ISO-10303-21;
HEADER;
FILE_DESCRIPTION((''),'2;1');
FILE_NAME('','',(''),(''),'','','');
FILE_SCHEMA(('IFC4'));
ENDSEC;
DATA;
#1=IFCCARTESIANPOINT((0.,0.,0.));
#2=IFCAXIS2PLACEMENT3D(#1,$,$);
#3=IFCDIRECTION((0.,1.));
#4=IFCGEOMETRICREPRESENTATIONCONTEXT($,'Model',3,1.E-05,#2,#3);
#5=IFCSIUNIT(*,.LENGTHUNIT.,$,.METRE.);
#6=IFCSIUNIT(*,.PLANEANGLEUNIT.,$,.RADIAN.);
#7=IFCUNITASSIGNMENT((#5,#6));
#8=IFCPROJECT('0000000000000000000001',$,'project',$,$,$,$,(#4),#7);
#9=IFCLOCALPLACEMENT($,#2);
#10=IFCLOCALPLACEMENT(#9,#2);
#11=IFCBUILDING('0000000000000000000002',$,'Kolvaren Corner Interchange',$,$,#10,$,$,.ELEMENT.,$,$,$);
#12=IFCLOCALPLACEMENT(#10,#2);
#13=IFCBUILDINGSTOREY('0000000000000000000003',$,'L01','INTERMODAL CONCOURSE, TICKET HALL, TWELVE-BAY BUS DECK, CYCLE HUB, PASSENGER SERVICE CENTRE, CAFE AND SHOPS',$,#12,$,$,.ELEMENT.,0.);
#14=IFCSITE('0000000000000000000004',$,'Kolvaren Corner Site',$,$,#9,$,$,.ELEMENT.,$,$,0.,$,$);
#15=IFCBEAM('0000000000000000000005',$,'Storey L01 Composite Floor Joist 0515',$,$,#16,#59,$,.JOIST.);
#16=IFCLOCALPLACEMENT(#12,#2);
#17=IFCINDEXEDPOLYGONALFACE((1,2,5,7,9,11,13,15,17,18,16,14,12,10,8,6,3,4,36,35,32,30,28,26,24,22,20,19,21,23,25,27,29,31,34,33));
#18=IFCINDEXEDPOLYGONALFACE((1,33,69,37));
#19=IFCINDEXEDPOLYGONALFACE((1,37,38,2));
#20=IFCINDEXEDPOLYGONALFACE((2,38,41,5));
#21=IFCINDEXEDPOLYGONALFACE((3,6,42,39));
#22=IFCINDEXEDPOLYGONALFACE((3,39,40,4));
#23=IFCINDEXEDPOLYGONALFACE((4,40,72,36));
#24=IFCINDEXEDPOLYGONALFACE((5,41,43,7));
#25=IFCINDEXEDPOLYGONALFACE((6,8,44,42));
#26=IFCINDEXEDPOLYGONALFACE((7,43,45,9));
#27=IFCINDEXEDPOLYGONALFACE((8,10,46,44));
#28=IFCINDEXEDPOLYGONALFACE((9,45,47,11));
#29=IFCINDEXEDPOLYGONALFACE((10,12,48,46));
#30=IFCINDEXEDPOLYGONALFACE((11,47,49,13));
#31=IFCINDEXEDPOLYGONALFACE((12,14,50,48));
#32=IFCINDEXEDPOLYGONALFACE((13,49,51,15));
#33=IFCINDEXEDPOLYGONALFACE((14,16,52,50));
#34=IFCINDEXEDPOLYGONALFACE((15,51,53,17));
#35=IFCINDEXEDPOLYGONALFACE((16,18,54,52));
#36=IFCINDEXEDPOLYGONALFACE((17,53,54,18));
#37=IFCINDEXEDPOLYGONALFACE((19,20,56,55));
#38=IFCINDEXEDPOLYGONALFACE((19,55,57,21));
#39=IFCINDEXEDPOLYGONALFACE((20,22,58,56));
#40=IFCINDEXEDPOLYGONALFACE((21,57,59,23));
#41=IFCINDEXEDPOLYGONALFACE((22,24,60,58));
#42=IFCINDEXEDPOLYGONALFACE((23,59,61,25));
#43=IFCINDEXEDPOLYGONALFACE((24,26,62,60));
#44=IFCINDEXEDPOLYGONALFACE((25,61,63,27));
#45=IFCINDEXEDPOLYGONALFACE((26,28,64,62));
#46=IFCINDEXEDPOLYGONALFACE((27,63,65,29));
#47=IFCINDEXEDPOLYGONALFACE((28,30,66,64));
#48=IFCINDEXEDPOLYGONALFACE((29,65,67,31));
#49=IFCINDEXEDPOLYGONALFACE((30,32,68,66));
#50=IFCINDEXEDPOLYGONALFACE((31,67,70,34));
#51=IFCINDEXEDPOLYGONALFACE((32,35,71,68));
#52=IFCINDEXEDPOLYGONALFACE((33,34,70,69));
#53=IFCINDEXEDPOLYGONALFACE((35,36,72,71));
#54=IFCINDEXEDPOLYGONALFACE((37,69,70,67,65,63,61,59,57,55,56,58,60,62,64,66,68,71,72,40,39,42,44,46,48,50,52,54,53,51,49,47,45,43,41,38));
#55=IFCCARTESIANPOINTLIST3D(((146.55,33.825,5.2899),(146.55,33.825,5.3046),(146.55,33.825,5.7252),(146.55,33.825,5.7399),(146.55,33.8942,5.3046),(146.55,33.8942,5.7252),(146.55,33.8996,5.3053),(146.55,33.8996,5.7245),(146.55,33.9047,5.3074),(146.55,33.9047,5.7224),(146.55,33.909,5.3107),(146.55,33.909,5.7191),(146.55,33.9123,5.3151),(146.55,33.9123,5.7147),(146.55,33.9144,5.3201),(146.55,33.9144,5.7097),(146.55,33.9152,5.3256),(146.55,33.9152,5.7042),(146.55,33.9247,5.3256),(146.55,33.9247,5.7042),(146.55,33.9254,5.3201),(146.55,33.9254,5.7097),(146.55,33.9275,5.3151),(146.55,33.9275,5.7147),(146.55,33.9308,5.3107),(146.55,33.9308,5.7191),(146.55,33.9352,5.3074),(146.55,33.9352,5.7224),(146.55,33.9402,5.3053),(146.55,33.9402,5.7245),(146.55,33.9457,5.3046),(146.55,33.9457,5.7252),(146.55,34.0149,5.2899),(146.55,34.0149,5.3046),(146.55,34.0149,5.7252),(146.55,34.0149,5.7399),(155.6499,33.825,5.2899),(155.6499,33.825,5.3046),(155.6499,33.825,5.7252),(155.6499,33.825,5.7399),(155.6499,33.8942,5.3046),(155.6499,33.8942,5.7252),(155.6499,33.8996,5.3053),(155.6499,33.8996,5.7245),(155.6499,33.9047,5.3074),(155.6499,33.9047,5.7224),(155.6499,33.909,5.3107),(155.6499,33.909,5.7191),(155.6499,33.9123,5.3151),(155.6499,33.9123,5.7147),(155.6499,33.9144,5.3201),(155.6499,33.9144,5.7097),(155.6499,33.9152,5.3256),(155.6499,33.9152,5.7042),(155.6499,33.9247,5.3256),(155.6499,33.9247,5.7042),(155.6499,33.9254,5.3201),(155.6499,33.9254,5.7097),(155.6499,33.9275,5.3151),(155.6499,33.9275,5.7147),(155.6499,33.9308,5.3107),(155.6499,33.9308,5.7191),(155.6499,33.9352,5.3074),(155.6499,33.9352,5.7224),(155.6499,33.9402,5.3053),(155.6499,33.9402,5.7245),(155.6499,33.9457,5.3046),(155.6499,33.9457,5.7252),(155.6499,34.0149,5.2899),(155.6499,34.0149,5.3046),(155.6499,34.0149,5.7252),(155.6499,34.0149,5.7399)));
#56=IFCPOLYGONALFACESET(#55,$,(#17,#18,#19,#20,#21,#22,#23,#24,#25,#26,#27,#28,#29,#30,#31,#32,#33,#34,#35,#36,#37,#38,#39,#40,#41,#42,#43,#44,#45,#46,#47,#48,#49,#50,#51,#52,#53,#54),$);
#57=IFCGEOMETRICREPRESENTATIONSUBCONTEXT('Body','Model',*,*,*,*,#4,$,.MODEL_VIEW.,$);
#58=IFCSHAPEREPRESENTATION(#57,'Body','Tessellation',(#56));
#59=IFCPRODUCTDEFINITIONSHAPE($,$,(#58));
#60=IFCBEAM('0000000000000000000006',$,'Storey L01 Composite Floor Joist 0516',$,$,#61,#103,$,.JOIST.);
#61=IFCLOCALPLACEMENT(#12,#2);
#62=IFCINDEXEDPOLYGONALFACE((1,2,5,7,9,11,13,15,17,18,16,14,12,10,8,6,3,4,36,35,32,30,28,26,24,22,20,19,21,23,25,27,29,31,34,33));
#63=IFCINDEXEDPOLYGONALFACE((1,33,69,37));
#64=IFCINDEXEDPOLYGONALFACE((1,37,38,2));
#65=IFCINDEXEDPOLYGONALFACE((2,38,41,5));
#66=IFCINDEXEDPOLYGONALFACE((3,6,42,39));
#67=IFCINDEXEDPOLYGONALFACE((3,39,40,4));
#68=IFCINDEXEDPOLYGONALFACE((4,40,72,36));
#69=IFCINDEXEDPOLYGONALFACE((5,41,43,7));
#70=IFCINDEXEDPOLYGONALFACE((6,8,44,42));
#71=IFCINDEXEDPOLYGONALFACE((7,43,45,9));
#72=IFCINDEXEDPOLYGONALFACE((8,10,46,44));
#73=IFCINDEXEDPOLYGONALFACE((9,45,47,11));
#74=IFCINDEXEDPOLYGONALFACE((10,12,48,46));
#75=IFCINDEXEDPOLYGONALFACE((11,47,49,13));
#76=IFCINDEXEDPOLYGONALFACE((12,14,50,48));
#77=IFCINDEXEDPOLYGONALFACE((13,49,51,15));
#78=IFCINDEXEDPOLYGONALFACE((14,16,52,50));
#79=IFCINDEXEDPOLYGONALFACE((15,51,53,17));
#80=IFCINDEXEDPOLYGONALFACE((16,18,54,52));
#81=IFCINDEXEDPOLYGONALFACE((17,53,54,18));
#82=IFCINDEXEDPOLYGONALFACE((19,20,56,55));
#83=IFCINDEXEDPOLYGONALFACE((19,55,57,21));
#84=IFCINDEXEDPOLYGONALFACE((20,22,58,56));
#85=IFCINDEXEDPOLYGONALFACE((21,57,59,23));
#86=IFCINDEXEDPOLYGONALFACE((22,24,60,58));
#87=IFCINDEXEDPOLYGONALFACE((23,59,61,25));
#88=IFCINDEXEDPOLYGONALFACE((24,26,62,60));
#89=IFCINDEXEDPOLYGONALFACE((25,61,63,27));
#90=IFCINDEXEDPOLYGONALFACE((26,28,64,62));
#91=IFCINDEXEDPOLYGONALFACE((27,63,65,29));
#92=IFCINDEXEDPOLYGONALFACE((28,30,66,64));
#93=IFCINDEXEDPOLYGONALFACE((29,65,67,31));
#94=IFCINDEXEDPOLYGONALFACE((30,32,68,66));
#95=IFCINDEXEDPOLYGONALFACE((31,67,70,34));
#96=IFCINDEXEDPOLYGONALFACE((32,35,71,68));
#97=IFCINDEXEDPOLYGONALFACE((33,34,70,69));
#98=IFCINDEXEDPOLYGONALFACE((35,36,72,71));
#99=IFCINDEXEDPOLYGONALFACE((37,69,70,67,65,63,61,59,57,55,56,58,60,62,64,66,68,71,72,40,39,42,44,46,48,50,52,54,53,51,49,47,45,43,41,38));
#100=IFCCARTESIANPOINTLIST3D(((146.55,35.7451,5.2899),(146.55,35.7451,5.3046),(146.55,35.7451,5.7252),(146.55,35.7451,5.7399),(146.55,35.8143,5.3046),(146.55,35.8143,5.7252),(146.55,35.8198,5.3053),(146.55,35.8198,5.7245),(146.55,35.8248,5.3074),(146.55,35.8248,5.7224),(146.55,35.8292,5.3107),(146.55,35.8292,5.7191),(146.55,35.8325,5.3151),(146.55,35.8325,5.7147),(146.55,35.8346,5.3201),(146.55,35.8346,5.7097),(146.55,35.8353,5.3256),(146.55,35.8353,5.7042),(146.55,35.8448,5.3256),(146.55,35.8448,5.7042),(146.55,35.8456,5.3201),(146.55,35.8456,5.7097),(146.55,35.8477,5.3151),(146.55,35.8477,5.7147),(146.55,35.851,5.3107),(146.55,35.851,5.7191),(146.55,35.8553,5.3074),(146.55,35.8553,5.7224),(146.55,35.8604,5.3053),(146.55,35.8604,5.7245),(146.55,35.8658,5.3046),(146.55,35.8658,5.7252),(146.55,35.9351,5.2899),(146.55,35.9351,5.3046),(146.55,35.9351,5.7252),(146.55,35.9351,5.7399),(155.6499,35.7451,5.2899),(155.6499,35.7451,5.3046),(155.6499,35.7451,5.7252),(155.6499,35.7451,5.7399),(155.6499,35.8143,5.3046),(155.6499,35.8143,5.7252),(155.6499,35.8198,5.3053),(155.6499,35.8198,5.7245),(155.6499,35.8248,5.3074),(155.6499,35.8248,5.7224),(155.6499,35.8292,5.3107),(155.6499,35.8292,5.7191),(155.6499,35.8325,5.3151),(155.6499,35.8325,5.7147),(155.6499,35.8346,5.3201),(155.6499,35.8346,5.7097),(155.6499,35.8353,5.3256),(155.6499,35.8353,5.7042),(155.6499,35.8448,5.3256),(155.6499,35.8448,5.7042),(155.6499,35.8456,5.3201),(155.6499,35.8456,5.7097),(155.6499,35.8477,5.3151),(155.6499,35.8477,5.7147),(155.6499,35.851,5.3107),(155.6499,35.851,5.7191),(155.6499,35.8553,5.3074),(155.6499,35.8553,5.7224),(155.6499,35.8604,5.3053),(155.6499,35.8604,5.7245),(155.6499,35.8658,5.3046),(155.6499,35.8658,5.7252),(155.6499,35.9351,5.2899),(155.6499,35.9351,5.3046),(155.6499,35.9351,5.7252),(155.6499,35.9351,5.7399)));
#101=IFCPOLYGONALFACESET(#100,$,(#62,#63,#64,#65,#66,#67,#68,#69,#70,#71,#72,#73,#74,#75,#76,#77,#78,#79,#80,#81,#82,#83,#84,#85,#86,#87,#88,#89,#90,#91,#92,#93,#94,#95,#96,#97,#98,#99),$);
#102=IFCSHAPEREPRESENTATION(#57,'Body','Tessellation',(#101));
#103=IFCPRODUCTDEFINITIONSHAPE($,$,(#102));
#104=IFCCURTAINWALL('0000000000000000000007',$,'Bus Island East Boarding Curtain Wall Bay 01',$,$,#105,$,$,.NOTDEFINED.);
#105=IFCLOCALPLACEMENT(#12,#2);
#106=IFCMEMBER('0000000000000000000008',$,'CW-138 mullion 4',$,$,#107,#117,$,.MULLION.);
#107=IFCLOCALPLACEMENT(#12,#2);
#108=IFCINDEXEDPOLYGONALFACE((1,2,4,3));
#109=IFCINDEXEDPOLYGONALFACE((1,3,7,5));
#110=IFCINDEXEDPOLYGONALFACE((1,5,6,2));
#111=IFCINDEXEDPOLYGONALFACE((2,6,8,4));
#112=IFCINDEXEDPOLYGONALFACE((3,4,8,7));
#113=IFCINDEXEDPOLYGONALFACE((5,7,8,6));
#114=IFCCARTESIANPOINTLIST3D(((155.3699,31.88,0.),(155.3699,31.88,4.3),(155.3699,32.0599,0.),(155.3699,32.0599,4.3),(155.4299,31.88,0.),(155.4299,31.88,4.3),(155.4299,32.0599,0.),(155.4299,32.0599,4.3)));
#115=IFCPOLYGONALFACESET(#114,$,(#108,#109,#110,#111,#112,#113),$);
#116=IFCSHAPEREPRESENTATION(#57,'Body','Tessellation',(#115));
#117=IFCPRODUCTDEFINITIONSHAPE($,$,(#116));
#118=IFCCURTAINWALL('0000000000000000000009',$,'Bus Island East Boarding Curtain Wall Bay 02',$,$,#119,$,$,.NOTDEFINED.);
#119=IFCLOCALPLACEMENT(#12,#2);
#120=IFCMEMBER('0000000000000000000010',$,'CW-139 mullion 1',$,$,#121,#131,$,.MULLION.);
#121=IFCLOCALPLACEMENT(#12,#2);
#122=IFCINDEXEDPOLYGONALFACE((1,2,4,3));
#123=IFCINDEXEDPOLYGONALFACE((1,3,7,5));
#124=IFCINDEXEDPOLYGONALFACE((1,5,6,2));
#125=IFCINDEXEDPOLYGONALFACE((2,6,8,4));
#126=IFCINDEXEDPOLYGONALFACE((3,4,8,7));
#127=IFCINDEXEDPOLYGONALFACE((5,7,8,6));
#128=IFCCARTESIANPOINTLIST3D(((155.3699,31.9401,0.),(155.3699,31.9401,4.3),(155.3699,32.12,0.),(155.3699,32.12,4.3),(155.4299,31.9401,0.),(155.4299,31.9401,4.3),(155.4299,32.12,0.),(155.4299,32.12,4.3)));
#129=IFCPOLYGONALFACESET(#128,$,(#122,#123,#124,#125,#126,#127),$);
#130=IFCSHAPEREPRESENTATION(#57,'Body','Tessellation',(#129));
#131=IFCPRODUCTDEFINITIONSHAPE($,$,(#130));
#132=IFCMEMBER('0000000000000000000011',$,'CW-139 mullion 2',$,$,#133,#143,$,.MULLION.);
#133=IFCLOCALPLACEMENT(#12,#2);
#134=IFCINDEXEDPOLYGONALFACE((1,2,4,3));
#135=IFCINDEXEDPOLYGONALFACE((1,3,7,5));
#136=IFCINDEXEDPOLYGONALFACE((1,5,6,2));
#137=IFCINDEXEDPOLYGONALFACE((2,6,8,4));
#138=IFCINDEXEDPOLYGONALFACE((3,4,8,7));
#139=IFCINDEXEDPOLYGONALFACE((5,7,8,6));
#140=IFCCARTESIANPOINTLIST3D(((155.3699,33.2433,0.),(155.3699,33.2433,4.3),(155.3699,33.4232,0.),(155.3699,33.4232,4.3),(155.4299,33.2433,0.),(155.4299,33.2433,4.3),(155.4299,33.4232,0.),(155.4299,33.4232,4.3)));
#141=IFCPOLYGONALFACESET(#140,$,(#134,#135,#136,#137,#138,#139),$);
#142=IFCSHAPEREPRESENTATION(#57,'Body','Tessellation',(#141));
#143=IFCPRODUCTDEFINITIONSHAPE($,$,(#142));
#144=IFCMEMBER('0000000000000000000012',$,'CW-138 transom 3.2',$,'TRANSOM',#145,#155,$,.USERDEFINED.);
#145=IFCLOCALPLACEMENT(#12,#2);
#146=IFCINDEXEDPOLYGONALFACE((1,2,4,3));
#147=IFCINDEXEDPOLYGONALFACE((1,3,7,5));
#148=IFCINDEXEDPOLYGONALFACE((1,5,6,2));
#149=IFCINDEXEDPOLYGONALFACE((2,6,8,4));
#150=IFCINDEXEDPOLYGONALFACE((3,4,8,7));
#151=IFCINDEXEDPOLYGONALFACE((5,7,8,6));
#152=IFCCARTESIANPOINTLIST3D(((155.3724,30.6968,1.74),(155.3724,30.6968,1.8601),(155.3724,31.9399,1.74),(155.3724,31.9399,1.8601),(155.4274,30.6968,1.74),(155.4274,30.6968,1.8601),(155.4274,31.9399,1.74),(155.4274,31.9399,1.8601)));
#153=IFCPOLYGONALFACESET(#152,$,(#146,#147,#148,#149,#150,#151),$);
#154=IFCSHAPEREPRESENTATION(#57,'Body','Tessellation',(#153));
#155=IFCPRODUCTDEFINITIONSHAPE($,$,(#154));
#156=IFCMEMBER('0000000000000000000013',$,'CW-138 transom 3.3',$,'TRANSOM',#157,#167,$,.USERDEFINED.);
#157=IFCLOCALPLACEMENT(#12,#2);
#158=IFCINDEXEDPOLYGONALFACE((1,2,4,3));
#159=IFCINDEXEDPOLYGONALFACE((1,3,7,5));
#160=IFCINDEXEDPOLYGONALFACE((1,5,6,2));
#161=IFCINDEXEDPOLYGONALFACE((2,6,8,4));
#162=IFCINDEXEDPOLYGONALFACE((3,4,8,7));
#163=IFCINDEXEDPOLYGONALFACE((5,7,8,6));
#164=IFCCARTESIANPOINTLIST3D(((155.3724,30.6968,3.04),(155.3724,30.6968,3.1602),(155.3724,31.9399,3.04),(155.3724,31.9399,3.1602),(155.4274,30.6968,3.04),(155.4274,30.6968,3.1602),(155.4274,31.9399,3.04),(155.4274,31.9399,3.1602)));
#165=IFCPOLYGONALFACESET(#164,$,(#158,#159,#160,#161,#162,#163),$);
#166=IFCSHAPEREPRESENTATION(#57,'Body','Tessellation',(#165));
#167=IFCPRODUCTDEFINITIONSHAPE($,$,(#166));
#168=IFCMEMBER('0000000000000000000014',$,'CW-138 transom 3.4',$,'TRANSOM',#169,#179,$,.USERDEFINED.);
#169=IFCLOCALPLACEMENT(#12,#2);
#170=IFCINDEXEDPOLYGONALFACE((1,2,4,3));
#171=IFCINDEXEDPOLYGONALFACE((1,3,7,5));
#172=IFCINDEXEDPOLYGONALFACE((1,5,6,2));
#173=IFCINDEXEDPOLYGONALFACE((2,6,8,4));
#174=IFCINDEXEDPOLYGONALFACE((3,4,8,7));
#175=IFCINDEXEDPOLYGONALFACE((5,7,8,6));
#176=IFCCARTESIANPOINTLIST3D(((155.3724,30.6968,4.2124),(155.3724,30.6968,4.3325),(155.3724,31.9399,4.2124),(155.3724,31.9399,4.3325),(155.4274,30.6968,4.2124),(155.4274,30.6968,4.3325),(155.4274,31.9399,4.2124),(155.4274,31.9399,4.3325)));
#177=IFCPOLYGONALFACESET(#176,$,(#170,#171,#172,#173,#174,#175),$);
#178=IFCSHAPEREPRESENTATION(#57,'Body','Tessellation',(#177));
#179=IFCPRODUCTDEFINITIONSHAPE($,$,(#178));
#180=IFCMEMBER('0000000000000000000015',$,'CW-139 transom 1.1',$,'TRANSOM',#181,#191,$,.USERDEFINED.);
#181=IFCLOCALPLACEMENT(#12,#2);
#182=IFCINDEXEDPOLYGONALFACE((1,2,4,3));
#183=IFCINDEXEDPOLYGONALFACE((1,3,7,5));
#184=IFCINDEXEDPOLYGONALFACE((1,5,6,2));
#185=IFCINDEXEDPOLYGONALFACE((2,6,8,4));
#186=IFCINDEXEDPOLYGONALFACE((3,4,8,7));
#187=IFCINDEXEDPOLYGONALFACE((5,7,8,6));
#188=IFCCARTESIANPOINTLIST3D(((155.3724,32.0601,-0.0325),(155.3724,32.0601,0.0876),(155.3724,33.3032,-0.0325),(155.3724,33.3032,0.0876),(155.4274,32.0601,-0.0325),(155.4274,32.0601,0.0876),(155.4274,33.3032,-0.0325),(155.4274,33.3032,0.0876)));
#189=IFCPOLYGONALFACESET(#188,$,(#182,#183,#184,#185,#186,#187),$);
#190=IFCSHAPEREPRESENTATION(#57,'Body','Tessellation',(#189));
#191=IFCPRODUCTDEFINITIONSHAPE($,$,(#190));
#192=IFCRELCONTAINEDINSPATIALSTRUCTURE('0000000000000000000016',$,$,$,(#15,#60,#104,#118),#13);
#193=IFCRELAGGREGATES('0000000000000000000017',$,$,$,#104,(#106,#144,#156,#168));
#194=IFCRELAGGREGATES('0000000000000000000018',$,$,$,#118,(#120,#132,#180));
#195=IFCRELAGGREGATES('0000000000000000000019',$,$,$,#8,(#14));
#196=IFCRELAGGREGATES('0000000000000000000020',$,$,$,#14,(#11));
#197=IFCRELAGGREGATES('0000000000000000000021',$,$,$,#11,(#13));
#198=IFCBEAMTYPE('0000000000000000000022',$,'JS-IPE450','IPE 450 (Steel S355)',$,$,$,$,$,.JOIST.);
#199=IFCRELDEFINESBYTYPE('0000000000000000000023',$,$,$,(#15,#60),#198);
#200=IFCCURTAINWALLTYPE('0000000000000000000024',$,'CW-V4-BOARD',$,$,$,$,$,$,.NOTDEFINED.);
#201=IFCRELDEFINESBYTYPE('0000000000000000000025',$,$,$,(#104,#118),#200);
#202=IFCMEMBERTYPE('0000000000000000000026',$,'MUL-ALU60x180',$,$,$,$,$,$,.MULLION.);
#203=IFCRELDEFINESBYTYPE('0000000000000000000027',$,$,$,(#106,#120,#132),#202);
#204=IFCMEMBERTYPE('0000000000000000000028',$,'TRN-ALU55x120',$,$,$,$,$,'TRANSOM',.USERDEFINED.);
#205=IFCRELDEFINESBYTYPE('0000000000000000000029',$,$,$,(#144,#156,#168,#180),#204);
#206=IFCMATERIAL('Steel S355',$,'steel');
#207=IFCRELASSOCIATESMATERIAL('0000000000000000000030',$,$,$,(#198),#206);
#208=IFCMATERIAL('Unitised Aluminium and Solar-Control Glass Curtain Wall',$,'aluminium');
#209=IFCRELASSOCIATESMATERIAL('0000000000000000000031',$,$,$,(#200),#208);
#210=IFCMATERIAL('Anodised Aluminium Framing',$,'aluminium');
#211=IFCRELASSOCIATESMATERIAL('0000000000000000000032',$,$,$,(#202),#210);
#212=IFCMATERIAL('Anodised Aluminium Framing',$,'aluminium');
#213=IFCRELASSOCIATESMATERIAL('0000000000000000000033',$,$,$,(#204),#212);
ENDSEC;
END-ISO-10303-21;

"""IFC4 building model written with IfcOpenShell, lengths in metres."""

from ifc_helpers import new_model, si_unit, direction, frame, origin, origin_2d, place, context, subcontext, project, spatial, rectangle, i_section, extrude, material, material_profile, profile_set, type_object, element, aggregate, save


model = new_model("IFC4")

# Units and contexts
model_context = context("Model", 3, precision=1e-05, world=origin(), true_north=direction((0.0, 1.0)))
body_context = subcontext(model_context, "Body", "Model", "MODEL_VIEW")
ifc_project = project(units=[si_unit("LENGTHUNIT", "METRE"), si_unit("PLANEANGLEUNIT", "RADIAN")], contexts=[model_context])

# Site, building, storey
site_placement = place(None, origin())
site = spatial("IfcSite", under=ifc_project, at=site_placement, Name="Kolvaren Corner Site", CompositionType="ELEMENT", RefElevation=0.0)
building_placement = place(site_placement, origin())
building = spatial("IfcBuilding", under=site, at=building_placement, Name="Kolvaren Corner Interchange", CompositionType="ELEMENT")
storey_placement = place(building_placement, origin())
storey = spatial("IfcBuildingStorey", under=building, at=storey_placement, Name="L01", Description="INTERMODAL CONCOURSE, TICKET HALL, TWELVE-BAY BUS DECK, CYCLE HUB, PASSENGER SERVICE CENTRE, CAFE AND SHOPS", CompositionType="ELEMENT", Elevation=0.0)

# Beams
ifc_material_1 = material(Name="Steel S355", Category="steel")
ifc_material_profile_1 = material_profile(ifc_material_1, i_section(OverallWidth=0.1899, OverallDepth=0.45, WebThickness=0.0095, FlangeThickness=0.0146, FilletRadius=0.021, at=origin_2d()), Name="IPE 450")
ifc_profile_set_1 = profile_set([ifc_material_profile_1], Name="Steel S355")
beam_type = type_object("IfcBeamType", Name="JS-IPE450", Description="IPE 450 (Steel S355)", PredefinedType="JOIST", material=ifc_profile_set_1)
for number, where, z_axis, x_axis, name in (
    (1, (146.55, 33.9199, 5.5149), (1.0, 0.0, 0.0), (0.0, 1.0, 0.0), "Storey L01 Composite Floor Joist 0515"),
    (2, (146.55, 35.8401, 5.5149), (1.0, 0.0, 0.0), (0.0, 1.0, 0.0), "Storey L01 Composite Floor Joist 0516"),
):
    element("IfcBeam", number, at=place(storey_placement, frame(where, z_axis=z_axis, x_axis=x_axis)), inside=storey, type_object=beam_type, Name=name, PredefinedType="JOIST", context=body_context, shape_type="SweptSolid", body=[
        extrude(i_section(OverallWidth=0.1899, OverallDepth=0.45, WebThickness=0.0095, FlangeThickness=0.0146, FilletRadius=0.021, at=origin_2d()), origin(), (0.0, 0.0, 1.0), 9.0999),
    ])

# Curtain wall, member
ifc_material_2 = material(Name="Unitised Aluminium and Solar-Control Glass Curtain Wall", Category="aluminium")
curtain_wall_type = type_object("IfcCurtainWallType", Name="CW-V4-BOARD", PredefinedType="NOTDEFINED", material=ifc_material_2)
curtain_wall_1_placement = place(storey_placement, origin())
curtain_wall_1 = element("IfcCurtainWall", 3, at=curtain_wall_1_placement, inside=storey, type_object=curtain_wall_type, Name="Bus Island East Boarding Curtain Wall Bay 01", PredefinedType="NOTDEFINED")
ifc_material_3 = material(Name="Anodised Aluminium Framing", Category="aluminium")
ifc_material_profile_2 = material_profile(ifc_material_3, rectangle(XDim=0.0601, YDim=0.1799, at=origin_2d()), Name="ALU 60x180")
ifc_profile_set_2 = profile_set([ifc_material_profile_2], Name="Anodised Aluminium Framing")
member_type_1 = type_object("IfcMemberType", Name="MUL-ALU60x180", PredefinedType="MULLION", material=ifc_profile_set_2)
member_1_placement = place(storey_placement, frame((155.3999, 31.97, 0.0), z_axis=(0.0, 0.0, 1.0), x_axis=(-1.0, 0.0, 0.0)))
member_1 = element("IfcMember", 4, at=member_1_placement, type_object=member_type_1, Name="CW-138 mullion 4", PredefinedType="MULLION", context=body_context, shape_type="SweptSolid", body=[
    extrude(rectangle(XDim=0.0601, YDim=0.1799, at=origin_2d()), origin(), (0.0, 0.0, 1.0), 4.3),
])

# Curtain wall, members
curtain_wall_2_placement = place(storey_placement, origin())
curtain_wall_2 = element("IfcCurtainWall", 5, at=curtain_wall_2_placement, inside=storey, type_object=curtain_wall_type, Name="Bus Island East Boarding Curtain Wall Bay 02", PredefinedType="NOTDEFINED")
member_2_placement = place(storey_placement, frame((155.3999, 32.03, 0.0), z_axis=(0.0, 0.0, 1.0), x_axis=(-1.0, 0.0, 0.0)))
member_2 = element("IfcMember", 6, at=member_2_placement, type_object=member_type_1, Name="CW-139 mullion 1", PredefinedType="MULLION", context=body_context, shape_type="SweptSolid", body=[
    extrude(rectangle(XDim=0.0601, YDim=0.1799, at=origin_2d()), origin(), (0.0, 0.0, 1.0), 4.3),
])
member_3_placement = place(storey_placement, frame((155.3999, 33.3333, 0.0), z_axis=(0.0, 0.0, 1.0), x_axis=(-1.0, 0.0, 0.0)))
member_3 = element("IfcMember", 7, at=member_3_placement, type_object=member_type_1, Name="CW-139 mullion 2", PredefinedType="MULLION", context=body_context, shape_type="SweptSolid", body=[
    extrude(rectangle(XDim=0.0601, YDim=0.1799, at=origin_2d()), origin(), (0.0, 0.0, 1.0), 4.3),
])

# Members
ifc_material_4 = material(Name="Anodised Aluminium Framing", Category="aluminium")
ifc_material_profile_3 = material_profile(ifc_material_4, rectangle(XDim=0.0549, YDim=0.1201, at=origin_2d()), Name="ALU 55x120")
ifc_profile_set_3 = profile_set([ifc_material_profile_3], Name="Anodised Aluminium Framing")
member_type_2 = type_object("IfcMemberType", Name="TRN-ALU55x120", ElementType="TRANSOM", PredefinedType="USERDEFINED", material=ifc_profile_set_3)
member_4_placement = place(storey_placement, frame((155.3999, 30.6968, 1.8), z_axis=(0.0, 1.0, 0.0), x_axis=(-1.0, 0.0, 0.0)))
member_4 = element("IfcMember", 8, at=member_4_placement, type_object=member_type_2, Name="CW-138 transom 3.2", ObjectType="TRANSOM", PredefinedType="USERDEFINED", context=body_context, shape_type="SweptSolid", body=[
    extrude(rectangle(XDim=0.0549, YDim=0.1201, at=origin_2d()), origin(), (0.0, 0.0, 1.0), 1.2432),
])
member_5_placement = place(storey_placement, frame((155.3999, 30.6968, 3.1001), z_axis=(0.0, 1.0, 0.0), x_axis=(-1.0, 0.0, 0.0)))
member_5 = element("IfcMember", 9, at=member_5_placement, type_object=member_type_2, Name="CW-138 transom 3.3", ObjectType="TRANSOM", PredefinedType="USERDEFINED", context=body_context, shape_type="SweptSolid", body=[
    extrude(rectangle(XDim=0.0549, YDim=0.1201, at=origin_2d()), origin(), (0.0, 0.0, 1.0), 1.2432),
])
member_6_placement = place(storey_placement, frame((155.3999, 30.6968, 4.2725), z_axis=(0.0, 1.0, 0.0), x_axis=(-1.0, 0.0, 0.0)))
member_6 = element("IfcMember", 10, at=member_6_placement, type_object=member_type_2, Name="CW-138 transom 3.4", ObjectType="TRANSOM", PredefinedType="USERDEFINED", context=body_context, shape_type="SweptSolid", body=[
    extrude(rectangle(XDim=0.0549, YDim=0.1201, at=origin_2d()), origin(), (0.0, 0.0, 1.0), 1.2432),
])
member_7_placement = place(storey_placement, frame((155.3999, 32.0601, 0.0276), z_axis=(0.0, 1.0, 0.0), x_axis=(-1.0, 0.0, 0.0)))
member_7 = element("IfcMember", 11, at=member_7_placement, type_object=member_type_2, Name="CW-139 transom 1.1", ObjectType="TRANSOM", PredefinedType="USERDEFINED", context=body_context, shape_type="SweptSolid", body=[
    extrude(rectangle(XDim=0.0549, YDim=0.1201, at=origin_2d()), origin(), (0.0, 0.0, 1.0), 1.2432),
])

aggregate(curtain_wall_1, [member_1, member_4, member_5, member_6])
aggregate(curtain_wall_2, [member_2, member_3, member_7])

save(model, "model.ifc")
